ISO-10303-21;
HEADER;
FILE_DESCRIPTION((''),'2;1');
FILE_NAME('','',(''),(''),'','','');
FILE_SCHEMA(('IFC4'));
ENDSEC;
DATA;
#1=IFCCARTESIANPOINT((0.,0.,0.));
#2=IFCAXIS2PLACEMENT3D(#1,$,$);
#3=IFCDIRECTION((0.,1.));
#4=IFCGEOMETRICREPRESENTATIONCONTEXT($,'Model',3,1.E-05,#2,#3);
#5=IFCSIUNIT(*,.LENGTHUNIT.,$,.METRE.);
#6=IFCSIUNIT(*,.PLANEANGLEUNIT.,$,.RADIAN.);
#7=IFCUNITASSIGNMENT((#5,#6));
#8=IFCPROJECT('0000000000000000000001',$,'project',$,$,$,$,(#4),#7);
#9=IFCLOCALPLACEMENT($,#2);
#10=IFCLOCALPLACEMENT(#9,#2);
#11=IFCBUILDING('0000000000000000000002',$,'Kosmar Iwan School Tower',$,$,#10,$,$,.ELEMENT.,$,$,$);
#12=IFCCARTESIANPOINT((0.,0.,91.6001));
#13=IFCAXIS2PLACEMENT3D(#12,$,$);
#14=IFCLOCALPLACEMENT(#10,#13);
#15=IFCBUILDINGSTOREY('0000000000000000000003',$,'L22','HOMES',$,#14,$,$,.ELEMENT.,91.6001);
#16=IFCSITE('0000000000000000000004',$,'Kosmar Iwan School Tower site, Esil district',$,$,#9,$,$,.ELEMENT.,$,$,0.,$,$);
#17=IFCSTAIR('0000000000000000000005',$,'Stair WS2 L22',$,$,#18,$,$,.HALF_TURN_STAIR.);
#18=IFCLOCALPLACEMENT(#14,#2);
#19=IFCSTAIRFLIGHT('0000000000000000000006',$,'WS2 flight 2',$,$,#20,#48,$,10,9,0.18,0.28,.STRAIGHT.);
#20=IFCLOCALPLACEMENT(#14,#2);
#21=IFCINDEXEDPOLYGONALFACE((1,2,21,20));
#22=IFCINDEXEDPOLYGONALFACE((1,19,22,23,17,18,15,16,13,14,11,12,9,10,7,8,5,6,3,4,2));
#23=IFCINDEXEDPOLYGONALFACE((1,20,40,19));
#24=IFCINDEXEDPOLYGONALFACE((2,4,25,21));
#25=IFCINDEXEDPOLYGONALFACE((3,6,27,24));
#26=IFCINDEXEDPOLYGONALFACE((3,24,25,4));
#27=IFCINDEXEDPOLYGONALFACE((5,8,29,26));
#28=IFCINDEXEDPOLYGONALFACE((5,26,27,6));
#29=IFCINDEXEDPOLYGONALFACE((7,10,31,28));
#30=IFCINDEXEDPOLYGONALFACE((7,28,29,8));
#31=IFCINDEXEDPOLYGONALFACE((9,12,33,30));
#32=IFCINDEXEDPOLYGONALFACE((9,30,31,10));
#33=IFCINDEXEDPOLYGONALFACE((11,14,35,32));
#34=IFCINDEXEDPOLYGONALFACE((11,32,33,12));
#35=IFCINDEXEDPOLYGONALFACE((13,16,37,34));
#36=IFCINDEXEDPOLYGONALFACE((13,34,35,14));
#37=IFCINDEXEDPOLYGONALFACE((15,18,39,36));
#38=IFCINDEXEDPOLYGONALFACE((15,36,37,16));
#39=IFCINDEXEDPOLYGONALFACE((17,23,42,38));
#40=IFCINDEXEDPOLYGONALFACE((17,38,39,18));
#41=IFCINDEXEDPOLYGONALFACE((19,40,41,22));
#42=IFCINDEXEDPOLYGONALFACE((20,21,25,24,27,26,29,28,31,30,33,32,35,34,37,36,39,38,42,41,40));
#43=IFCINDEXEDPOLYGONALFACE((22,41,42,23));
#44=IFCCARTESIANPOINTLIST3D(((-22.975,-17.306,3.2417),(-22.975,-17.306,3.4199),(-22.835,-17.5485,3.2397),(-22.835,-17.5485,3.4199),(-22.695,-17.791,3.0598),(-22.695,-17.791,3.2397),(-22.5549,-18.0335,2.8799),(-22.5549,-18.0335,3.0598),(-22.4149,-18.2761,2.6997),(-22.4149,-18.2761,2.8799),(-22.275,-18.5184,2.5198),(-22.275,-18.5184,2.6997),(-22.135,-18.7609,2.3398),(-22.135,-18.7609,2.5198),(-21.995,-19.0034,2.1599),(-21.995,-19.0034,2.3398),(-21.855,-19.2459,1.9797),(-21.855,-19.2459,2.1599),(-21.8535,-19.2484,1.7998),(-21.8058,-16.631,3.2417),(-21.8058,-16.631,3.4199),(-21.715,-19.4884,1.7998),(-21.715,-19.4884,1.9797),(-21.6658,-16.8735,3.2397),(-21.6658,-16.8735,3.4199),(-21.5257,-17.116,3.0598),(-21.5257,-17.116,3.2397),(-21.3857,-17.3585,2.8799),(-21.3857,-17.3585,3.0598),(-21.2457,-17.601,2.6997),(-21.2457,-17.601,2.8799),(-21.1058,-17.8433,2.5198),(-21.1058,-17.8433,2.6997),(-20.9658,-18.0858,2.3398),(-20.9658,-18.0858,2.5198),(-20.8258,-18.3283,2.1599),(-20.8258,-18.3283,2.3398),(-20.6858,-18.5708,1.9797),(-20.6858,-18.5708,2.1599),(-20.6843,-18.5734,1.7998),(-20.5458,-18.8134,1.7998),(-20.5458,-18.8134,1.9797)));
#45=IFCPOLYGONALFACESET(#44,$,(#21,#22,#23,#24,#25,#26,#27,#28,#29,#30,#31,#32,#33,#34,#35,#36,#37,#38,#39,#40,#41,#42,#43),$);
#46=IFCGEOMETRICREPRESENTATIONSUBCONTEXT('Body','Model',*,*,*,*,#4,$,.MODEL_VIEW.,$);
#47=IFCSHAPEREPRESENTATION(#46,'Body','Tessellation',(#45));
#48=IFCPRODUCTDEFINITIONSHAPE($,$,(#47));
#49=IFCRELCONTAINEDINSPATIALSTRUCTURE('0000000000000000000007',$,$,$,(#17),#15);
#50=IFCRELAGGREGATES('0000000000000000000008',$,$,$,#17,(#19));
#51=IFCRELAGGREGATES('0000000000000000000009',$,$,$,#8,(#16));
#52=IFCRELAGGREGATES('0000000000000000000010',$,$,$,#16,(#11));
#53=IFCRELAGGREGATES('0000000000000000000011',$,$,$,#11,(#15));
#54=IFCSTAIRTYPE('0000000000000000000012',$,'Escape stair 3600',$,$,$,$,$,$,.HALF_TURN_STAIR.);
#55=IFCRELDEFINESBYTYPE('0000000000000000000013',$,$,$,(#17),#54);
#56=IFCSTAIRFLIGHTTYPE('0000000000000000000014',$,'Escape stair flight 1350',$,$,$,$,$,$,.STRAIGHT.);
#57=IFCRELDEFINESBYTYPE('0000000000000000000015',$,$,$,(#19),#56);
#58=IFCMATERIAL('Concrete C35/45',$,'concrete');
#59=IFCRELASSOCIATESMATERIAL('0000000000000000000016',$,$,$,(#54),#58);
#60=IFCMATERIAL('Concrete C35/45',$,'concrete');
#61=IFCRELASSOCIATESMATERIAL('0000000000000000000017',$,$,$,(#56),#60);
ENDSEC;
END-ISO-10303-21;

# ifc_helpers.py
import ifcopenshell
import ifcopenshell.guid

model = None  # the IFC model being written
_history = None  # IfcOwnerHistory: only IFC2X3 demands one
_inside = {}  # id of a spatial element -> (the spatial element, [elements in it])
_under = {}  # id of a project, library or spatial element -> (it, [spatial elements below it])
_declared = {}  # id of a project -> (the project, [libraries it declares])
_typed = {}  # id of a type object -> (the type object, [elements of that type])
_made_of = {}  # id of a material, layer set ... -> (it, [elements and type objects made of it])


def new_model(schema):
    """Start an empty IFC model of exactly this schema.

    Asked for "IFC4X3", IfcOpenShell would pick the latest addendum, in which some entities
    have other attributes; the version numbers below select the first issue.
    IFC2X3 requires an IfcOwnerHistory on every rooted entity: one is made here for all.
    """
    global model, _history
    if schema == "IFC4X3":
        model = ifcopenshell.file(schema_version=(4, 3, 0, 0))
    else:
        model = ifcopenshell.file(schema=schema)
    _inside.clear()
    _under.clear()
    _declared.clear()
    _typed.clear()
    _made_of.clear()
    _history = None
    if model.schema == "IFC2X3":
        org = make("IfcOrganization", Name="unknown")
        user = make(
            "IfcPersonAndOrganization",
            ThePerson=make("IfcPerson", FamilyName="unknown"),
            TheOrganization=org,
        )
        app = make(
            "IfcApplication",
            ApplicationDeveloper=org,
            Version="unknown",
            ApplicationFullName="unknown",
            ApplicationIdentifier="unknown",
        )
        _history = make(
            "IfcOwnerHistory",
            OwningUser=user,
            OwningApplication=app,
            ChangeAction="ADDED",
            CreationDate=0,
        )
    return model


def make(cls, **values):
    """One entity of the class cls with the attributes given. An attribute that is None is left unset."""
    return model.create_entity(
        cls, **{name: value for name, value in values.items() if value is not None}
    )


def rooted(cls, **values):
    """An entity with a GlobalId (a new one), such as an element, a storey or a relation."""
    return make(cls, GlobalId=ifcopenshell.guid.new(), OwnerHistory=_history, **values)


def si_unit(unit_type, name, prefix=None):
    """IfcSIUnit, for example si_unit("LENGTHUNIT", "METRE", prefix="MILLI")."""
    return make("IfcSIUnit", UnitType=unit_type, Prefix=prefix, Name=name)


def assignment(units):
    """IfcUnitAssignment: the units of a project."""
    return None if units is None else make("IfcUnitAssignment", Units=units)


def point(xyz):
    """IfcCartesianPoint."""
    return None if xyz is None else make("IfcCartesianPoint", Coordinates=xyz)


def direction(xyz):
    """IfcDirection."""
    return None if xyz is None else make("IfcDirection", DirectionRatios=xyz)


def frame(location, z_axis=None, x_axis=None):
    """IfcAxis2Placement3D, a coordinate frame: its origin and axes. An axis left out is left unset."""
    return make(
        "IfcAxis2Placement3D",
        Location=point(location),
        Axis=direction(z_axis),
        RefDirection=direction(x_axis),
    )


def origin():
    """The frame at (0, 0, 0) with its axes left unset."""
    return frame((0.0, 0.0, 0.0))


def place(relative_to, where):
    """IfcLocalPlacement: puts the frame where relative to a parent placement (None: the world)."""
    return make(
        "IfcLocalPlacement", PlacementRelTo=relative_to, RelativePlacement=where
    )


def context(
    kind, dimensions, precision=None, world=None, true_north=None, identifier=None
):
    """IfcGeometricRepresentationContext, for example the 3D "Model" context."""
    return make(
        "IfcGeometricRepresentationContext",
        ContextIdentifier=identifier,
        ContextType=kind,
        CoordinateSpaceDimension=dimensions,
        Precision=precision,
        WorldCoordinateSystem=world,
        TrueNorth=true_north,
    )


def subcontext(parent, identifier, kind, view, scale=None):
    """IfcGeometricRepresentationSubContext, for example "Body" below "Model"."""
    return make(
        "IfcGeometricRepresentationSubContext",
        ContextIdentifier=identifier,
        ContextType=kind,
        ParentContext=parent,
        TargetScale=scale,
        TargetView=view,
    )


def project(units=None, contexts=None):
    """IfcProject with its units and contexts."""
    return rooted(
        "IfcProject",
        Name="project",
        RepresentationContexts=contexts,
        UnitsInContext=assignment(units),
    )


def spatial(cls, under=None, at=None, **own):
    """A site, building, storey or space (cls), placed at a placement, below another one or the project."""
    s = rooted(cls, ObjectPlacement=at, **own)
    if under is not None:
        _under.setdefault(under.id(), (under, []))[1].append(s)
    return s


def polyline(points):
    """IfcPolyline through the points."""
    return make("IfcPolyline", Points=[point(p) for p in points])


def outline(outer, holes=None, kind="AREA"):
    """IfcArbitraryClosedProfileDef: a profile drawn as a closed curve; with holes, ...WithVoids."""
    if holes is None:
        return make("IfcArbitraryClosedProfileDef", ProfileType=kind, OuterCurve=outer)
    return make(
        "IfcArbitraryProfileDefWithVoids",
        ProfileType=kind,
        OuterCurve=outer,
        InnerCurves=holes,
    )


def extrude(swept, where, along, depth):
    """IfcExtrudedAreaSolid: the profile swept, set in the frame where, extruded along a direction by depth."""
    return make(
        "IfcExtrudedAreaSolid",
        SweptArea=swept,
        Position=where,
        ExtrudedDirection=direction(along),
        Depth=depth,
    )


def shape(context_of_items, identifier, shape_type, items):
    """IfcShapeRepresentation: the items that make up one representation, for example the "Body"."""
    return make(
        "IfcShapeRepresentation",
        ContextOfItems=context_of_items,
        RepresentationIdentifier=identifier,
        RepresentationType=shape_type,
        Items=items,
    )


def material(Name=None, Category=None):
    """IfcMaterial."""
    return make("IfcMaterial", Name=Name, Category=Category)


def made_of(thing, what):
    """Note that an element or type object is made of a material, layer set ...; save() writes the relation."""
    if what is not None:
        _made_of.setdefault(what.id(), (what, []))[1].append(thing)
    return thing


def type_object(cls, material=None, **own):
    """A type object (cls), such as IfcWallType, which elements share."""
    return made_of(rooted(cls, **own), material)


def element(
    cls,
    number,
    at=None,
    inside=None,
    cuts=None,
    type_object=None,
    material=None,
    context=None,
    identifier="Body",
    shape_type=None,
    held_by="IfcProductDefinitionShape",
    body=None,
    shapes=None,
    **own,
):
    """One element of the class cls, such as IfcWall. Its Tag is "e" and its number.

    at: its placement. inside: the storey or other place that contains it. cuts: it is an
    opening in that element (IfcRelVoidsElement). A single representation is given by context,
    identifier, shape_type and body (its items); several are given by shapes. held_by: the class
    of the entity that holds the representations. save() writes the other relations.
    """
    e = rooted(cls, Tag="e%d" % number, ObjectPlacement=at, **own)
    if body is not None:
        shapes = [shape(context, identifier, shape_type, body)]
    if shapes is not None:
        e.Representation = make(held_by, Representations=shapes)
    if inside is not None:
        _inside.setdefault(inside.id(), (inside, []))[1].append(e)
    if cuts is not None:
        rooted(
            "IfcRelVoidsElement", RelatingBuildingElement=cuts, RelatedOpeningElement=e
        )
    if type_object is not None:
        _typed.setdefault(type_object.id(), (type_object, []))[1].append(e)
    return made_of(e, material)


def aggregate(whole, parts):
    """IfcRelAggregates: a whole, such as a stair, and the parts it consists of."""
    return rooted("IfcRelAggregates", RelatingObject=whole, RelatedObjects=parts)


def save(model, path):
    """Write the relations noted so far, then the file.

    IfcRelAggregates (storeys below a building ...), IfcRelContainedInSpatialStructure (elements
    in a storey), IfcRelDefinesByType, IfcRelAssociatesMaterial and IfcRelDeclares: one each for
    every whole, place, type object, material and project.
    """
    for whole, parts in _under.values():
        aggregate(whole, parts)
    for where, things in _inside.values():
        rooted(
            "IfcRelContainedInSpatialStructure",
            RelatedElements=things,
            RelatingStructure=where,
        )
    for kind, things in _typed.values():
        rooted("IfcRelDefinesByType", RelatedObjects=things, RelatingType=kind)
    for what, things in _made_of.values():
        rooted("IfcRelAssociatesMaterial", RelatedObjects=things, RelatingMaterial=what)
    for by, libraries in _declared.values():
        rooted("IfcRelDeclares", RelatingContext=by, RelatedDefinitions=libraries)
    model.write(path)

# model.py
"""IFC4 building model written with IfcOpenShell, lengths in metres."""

from ifc_helpers import new_model, si_unit, direction, frame, origin, place, context, subcontext, project, spatial, polyline, outline, extrude, material, type_object, element, aggregate, save


model = new_model("IFC4")

# Units and contexts
model_context = context("Model", 3, precision=1e-05, world=origin(), true_north=direction((0.0, 1.0)))
body_context = subcontext(model_context, "Body", "Model", "MODEL_VIEW")
ifc_project = project(units=[si_unit("LENGTHUNIT", "METRE"), si_unit("PLANEANGLEUNIT", "RADIAN")], contexts=[model_context])

# Site, building, storey
site_placement = place(None, origin())
site = spatial("IfcSite", under=ifc_project, at=site_placement, Name="Kosmar Iwan School Tower site, Esil district", CompositionType="ELEMENT", RefElevation=0.0)
building_placement = place(site_placement, origin())
building = spatial("IfcBuilding", under=site, at=building_placement, Name="Kosmar Iwan School Tower", CompositionType="ELEMENT")
storey_placement = place(building_placement, frame((0.0, 0.0, 91.6001)))
storey = spatial("IfcBuildingStorey", under=building, at=storey_placement, Name="L22", Description="HOMES", CompositionType="ELEMENT", Elevation=91.6001)

# Stair, stair flight
ifc_material_1 = material(Name="Concrete C35/45", Category="concrete")
stair_type = type_object("IfcStairType", Name="Escape stair 3600", PredefinedType="HALF_TURN_STAIR", material=ifc_material_1)
stair_placement = place(storey_placement, origin())
stair = element("IfcStair", 1, at=stair_placement, inside=storey, type_object=stair_type, Name="Stair WS2 L22", PredefinedType="HALF_TURN_STAIR")
ifc_material_2 = material(Name="Concrete C35/45", Category="concrete")
stair_flight_type = type_object("IfcStairFlightType", Name="Escape stair flight 1350", PredefinedType="STRAIGHT", material=ifc_material_2)
stair_flight_1_placement = place(storey_placement, frame((-21.1304, -19.1509, 1.7998), z_axis=(0.0, 0.0, 1.0), x_axis=(-0.5, 0.866025, 0.0)))
stair_flight_1 = element("IfcStairFlight", 2, at=stair_flight_1_placement, type_object=stair_flight_type, Name="WS2 flight 2", NumberOfRisers=10, NumberOfTreads=9, PredefinedType="STRAIGHT", RiserHeight=0.18, TreadLength=0.28, context=body_context, shape_type="SweptSolid", body=[
    extrude(outline(polyline([(0.0, 0.0), (0.0, 0.1799), (0.28, 0.1799), (0.28, 0.3601), (0.5601, 0.3601), (0.5601, 0.54), (0.8401, 0.54), (0.8401, 0.72), (1.1201, 0.72), (1.1201, 0.8999), (1.3999, 0.8999), (1.3999, 1.0801), (1.6799, 1.0801), (1.6799, 1.26), (1.96, 1.26), (1.96, 1.4399), (2.24, 1.4399), (2.24, 1.6201), (2.52, 1.6201), (2.52, 1.8), (2.52, 1.4419), (0.2771, 0.0), (0.0, 0.0)])), frame((0.0, 0.675, 0.0), z_axis=(0.0, -1.0, 0.0), x_axis=(1.0, 0.0, 0.0)), (0.0, 0.0, 1.0), 1.3501),
])
aggregate(stair, [stair_flight_1])

save(model, "model.ifc")
